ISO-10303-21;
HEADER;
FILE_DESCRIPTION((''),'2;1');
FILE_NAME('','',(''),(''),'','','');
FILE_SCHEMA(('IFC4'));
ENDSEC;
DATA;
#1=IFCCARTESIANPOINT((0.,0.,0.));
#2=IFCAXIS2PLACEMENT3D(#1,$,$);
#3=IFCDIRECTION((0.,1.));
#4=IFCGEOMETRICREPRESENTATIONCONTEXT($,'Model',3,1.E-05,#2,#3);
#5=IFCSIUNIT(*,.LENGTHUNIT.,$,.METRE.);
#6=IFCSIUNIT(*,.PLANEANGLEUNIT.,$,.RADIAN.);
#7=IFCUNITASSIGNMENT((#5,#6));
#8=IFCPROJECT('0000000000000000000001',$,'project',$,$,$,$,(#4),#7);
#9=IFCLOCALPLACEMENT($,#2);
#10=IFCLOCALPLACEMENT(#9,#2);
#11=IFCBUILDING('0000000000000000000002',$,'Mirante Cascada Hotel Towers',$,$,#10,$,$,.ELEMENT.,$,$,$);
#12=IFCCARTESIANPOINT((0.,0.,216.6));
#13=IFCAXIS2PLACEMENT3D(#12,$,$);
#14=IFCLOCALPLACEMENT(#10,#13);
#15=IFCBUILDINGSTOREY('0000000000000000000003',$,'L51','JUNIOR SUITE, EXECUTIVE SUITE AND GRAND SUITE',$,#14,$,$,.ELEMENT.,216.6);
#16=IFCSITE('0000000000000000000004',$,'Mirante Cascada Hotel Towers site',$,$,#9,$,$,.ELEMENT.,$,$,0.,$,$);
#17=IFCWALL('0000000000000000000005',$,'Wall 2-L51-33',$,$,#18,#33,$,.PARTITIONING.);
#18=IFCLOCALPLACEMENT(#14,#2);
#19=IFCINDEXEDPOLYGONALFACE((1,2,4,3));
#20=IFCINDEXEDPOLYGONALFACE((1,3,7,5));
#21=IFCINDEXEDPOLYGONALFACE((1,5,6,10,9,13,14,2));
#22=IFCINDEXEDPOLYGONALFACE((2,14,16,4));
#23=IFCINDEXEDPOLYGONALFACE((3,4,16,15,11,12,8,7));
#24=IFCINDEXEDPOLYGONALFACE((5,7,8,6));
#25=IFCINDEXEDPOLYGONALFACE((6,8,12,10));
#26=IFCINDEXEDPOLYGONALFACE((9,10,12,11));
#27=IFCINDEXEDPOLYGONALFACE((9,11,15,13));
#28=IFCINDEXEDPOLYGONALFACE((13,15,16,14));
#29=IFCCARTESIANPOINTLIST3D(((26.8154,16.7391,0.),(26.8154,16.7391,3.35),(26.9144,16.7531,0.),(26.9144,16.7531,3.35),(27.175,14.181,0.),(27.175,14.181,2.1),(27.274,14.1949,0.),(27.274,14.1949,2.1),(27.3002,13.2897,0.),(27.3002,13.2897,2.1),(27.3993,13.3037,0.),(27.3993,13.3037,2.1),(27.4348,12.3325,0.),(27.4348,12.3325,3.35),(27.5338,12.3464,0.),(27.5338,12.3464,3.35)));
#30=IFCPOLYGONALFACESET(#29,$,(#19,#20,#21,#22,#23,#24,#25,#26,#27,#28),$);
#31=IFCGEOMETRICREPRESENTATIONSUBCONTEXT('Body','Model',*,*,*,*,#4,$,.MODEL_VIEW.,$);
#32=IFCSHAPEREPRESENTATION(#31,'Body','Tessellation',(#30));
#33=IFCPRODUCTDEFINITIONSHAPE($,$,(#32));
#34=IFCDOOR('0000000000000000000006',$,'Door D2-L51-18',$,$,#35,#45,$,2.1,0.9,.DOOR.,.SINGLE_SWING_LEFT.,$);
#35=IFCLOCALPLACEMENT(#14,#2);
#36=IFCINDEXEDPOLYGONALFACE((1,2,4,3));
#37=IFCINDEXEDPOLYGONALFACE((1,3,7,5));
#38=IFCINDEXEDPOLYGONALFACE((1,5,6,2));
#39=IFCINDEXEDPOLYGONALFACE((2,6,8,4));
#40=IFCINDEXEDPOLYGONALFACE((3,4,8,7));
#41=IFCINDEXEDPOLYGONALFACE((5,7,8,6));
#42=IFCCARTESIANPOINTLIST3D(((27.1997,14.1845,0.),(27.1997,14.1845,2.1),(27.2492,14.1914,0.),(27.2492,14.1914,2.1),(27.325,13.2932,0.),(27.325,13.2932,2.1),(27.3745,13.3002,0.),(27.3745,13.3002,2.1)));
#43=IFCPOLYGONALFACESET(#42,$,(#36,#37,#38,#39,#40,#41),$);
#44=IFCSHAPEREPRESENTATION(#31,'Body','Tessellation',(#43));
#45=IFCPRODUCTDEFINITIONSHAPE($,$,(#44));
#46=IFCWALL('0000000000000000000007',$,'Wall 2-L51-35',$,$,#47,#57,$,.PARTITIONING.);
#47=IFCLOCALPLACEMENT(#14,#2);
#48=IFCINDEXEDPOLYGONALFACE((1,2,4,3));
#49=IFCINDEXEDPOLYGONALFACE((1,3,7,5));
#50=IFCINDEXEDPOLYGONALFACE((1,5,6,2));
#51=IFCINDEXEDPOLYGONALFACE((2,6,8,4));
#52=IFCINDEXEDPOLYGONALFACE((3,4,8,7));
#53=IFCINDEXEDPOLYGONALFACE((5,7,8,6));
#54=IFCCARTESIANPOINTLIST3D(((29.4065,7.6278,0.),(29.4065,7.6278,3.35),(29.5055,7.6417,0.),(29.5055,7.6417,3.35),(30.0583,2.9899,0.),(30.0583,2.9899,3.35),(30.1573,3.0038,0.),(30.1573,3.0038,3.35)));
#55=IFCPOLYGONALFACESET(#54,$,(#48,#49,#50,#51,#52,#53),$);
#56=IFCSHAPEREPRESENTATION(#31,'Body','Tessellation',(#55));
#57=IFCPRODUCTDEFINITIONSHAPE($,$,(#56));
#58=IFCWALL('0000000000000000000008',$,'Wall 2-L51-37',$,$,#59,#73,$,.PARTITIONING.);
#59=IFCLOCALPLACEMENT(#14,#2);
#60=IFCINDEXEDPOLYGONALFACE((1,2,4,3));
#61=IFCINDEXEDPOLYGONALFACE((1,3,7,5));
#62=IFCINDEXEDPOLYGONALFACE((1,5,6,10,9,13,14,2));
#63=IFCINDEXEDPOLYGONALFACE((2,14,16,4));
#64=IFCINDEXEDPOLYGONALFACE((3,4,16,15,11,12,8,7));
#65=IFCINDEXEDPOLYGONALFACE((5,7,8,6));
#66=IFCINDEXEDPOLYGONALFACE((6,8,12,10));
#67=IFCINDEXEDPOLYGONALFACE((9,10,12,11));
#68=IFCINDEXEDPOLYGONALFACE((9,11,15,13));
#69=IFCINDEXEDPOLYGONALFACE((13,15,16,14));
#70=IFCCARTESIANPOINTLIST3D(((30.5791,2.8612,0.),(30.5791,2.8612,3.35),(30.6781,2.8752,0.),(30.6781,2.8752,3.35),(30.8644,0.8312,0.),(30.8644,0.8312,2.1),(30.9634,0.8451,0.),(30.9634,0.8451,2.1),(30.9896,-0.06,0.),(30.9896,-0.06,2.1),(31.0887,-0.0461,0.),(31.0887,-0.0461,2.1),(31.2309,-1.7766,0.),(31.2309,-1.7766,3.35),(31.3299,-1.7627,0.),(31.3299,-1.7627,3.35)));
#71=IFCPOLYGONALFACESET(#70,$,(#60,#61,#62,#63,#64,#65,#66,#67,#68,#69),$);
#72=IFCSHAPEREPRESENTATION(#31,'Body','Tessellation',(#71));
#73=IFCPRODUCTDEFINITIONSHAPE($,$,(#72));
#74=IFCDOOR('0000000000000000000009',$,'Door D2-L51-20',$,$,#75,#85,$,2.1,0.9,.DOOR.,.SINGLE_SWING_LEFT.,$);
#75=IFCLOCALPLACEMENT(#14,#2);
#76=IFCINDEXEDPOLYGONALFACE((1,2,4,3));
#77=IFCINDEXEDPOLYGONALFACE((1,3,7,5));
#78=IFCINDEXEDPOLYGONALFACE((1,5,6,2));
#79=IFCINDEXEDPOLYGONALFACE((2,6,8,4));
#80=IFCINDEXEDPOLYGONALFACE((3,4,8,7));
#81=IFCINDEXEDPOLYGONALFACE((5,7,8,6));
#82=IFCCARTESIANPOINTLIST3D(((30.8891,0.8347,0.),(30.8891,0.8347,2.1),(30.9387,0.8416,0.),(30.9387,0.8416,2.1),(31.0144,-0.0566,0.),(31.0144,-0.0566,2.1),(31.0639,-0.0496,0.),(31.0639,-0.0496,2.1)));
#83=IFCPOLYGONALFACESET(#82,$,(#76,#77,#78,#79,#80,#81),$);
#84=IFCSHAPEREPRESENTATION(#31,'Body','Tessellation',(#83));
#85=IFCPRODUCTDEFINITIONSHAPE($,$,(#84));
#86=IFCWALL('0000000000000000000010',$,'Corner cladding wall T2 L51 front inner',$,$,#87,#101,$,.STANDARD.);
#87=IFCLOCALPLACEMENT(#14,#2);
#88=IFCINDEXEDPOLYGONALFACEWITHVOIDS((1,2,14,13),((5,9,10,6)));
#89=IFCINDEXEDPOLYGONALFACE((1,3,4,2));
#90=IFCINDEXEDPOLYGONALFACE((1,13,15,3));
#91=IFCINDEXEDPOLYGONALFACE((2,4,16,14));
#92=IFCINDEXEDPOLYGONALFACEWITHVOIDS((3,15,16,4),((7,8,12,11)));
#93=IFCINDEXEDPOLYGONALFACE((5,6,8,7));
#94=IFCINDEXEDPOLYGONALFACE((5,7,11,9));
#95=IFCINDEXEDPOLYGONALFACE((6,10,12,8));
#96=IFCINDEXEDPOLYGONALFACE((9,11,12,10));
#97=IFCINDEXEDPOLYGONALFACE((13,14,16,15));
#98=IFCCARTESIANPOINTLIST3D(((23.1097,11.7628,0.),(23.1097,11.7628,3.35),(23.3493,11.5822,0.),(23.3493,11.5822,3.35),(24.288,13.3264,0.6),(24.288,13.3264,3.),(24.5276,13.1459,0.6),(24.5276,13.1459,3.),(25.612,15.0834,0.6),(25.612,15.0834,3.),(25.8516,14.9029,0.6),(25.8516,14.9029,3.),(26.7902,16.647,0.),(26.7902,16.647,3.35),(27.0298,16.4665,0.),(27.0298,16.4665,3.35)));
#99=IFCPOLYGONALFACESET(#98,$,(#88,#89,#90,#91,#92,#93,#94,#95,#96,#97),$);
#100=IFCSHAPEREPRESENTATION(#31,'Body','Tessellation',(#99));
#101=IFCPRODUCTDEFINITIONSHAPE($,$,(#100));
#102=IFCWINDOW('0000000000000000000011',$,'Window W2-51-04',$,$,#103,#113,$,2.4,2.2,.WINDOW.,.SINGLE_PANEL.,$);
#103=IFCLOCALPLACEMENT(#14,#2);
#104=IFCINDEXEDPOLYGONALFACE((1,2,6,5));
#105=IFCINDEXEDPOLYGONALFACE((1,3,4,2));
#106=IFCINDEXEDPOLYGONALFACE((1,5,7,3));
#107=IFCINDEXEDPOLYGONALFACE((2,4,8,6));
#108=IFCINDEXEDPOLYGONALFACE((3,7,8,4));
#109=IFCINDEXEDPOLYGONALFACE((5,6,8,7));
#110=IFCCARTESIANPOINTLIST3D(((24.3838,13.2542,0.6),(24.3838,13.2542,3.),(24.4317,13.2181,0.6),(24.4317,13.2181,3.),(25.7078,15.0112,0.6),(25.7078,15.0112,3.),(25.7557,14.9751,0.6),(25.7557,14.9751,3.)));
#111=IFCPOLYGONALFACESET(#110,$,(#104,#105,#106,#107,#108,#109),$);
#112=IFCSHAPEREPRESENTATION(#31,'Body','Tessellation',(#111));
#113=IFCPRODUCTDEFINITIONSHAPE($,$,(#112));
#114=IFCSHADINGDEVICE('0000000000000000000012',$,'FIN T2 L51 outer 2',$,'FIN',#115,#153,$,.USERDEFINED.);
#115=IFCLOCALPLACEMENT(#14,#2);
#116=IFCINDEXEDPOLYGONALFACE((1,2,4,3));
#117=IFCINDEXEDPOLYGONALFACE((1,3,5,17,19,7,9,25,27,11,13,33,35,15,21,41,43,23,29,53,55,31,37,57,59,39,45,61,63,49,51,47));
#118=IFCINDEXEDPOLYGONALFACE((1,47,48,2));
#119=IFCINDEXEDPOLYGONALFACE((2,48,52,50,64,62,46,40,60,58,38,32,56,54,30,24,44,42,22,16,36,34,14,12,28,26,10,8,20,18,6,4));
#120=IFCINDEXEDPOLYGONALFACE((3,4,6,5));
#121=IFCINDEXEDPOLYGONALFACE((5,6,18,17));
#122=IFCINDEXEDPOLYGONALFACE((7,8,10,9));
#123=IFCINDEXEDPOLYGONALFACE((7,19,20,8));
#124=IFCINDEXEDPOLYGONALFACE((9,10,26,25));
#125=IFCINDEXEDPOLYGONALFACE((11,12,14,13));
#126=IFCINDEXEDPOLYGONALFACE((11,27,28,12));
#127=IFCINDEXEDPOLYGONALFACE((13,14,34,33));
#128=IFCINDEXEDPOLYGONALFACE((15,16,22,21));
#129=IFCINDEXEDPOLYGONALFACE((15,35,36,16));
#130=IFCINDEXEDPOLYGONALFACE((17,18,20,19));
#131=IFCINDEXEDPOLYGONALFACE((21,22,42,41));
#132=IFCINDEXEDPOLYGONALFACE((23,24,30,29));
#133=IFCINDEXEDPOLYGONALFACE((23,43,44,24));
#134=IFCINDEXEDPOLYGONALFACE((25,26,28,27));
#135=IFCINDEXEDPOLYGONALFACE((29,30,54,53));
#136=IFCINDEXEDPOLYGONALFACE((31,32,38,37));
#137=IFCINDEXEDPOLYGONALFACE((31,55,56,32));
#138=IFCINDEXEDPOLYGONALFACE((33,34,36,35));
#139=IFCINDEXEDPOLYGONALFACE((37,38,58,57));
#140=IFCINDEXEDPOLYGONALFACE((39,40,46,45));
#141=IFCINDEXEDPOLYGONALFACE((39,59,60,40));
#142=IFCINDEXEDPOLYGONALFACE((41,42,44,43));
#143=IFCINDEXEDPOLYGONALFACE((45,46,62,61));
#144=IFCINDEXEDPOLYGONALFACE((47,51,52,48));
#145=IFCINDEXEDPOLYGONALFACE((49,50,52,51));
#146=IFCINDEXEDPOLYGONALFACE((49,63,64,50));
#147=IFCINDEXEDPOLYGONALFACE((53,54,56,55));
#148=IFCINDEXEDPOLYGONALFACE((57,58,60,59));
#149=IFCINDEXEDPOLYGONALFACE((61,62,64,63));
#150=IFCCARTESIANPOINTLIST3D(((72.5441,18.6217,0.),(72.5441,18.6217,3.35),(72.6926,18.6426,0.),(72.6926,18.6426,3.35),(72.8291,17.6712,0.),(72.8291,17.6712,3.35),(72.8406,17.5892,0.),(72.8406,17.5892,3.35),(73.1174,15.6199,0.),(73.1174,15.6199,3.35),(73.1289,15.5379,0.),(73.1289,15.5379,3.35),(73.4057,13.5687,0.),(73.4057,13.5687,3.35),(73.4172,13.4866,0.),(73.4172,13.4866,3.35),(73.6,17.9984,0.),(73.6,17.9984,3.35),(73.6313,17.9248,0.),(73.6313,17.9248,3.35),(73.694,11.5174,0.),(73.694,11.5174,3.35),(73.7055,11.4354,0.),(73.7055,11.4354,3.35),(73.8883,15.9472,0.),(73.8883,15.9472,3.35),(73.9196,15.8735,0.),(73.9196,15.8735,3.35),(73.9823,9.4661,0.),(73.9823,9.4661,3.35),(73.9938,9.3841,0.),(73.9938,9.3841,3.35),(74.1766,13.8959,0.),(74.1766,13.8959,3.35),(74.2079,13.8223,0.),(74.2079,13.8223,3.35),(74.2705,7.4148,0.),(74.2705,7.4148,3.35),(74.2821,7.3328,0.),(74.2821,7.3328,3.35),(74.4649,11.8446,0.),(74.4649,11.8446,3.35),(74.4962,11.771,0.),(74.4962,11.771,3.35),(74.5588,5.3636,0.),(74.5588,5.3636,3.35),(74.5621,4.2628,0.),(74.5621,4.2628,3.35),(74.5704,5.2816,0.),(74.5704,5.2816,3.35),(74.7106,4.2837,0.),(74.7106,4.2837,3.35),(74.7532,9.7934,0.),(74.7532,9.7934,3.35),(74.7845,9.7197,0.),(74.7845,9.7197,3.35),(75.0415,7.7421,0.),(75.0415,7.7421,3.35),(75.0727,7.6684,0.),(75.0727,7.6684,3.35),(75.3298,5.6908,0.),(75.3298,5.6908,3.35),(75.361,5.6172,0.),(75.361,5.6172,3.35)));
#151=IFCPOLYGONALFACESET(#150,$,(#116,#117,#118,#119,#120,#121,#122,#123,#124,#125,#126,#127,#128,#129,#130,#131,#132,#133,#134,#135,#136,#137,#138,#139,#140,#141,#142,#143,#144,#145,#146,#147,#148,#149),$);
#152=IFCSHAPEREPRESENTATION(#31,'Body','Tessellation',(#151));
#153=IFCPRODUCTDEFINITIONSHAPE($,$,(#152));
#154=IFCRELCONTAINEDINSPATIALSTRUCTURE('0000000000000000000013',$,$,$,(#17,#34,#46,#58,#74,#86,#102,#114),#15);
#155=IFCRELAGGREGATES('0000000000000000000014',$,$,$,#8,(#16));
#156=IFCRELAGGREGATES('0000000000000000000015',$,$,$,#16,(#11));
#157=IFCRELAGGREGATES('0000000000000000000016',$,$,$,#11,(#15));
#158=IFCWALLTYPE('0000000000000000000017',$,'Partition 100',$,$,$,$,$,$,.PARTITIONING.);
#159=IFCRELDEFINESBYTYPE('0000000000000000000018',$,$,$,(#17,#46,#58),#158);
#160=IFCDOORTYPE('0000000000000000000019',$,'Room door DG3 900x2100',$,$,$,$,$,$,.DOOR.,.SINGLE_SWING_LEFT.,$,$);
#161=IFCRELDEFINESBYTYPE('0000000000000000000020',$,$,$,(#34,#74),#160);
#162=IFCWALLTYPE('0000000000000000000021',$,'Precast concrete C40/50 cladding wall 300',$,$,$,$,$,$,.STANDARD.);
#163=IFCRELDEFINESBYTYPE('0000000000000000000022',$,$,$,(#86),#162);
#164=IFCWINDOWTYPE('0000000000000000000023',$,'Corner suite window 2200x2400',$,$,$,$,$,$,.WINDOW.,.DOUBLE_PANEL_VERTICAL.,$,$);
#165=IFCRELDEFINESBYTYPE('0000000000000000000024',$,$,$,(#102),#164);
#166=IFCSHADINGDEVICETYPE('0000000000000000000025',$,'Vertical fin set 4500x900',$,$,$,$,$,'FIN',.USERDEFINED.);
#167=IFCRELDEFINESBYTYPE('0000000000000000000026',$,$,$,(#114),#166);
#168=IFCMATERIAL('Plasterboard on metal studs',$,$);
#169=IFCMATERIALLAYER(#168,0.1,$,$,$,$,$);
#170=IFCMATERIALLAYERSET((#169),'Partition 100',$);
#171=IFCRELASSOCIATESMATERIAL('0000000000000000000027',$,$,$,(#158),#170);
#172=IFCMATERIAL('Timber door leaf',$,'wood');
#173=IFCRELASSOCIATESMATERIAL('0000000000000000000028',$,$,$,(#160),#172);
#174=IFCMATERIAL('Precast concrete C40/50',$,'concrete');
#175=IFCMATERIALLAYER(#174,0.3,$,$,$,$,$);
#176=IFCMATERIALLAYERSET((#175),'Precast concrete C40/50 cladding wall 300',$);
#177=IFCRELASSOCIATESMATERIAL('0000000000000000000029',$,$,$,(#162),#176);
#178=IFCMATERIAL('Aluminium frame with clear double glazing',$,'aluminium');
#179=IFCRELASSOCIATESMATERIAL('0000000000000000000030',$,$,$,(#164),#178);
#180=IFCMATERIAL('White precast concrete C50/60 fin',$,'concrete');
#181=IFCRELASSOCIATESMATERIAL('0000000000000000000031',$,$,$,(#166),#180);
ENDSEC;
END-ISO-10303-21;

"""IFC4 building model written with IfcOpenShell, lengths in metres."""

from ifc_helpers import new_model, si_unit, direction, frame, frame_2d, origin, place, context, subcontext, project, spatial, polyline, rectangle, outline, extrude, material, layer, layer_set, type_object, element, fill, save


model = new_model("IFC4")

# Units and contexts
model_context = context("Model", 3, precision=1e-05, world=origin(), true_north=direction((0.0, 1.0)))
body_context = subcontext(model_context, "Body", "Model", "MODEL_VIEW")
ifc_project = project(units=[si_unit("LENGTHUNIT", "METRE"), si_unit("PLANEANGLEUNIT", "RADIAN")], contexts=[model_context])

# Site, building, storey
site_placement = place(None, origin())
site = spatial("IfcSite", under=ifc_project, at=site_placement, Name="Mirante Cascada Hotel Towers site", CompositionType="ELEMENT", RefElevation=0.0)
building_placement = place(site_placement, origin())
building = spatial("IfcBuilding", under=site, at=building_placement, Name="Mirante Cascada Hotel Towers", CompositionType="ELEMENT")
storey_placement = place(building_placement, frame((0.0, 0.0, 216.6)))
storey = spatial("IfcBuildingStorey", under=building, at=storey_placement, Name="L51", Description="JUNIOR SUITE, EXECUTIVE SUITE AND GRAND SUITE", CompositionType="ELEMENT", Elevation=216.6)

# Shared definitions
ifc_material_1 = material(Name="Plasterboard on metal studs")
ifc_layer_1 = layer(ifc_material_1, 0.1)
ifc_layer_set_1 = layer_set([ifc_layer_1], Name="Partition 100")
wall_type_1 = type_object("IfcWallType", Name="Partition 100", PredefinedType="PARTITIONING", material=ifc_layer_set_1)

# Shared definitions
ifc_material_2 = material(Name="Timber door leaf", Category="wood")
door_type_1 = type_object("IfcDoorType", Name="Room door DG3 900x2100", OperationType="SINGLE_SWING_LEFT", PredefinedType="DOOR", material=ifc_material_2)

# Wall, opening, door
wall_1_placement = place(storey_placement, frame((26.8649, 16.7461, 0.0), z_axis=(0.0, 0.0, 1.0), x_axis=(0.13919, -0.990266, 0.0)))
wall_1 = element("IfcWall", 1, at=wall_1_placement, inside=storey, type_object=wall_type_1, Name="Wall 2-L51-33", PredefinedType="PARTITIONING", context=body_context, shape_type="SweptSolid", body=[
    extrude(rectangle(XDim=4.45, YDim=0.1, at=frame_2d((2.225, 0.0))), origin(), (0.0, 0.0, 1.0), 3.35),
])
opening_1_placement = place(wall_1_placement, frame((2.5833, 0.0, 0.0)))
opening_1 = element("IfcOpeningElement", 2, at=opening_1_placement, cuts=wall_1, PredefinedType="OPENING", context=body_context, shape_type="SweptSolid", body=[
    extrude(rectangle(XDim=0.9, YDim=2.1, at=frame_2d((0.45, 1.05))), frame((0.0, 0.05, 0.0), z_axis=(0.0, -1.0, 0.0), x_axis=(1.0, 0.0, 0.0)), (0.0, 0.0, 1.0), 0.1),
])
door_1_placement = place(opening_1_placement, origin())
door_1 = element("IfcDoor", 3, at=door_1_placement, inside=storey, type_object=door_type_1, Name="Door D2-L51-18", OperationType="SINGLE_SWING_LEFT", OverallHeight=2.1, OverallWidth=0.9, PredefinedType="DOOR", context=body_context, shape_type="SweptSolid", body=[
    extrude(rectangle(XDim=0.9, YDim=2.1, at=frame_2d((0.45, 1.05))), frame((0.0, 0.025, 0.0), z_axis=(0.0, -1.0, 0.0), x_axis=(1.0, 0.0, 0.0)), (0.0, 0.0, 1.0), 0.05),
])
fill(opening_1, door_1)

# Wall
wall_2_placement = place(storey_placement, frame((29.456, 7.6348, 0.0), z_axis=(0.0, 0.0, 1.0), x_axis=(0.13917, -0.990268, 0.0)))
element("IfcWall", 4, at=wall_2_placement, inside=storey, type_object=wall_type_1, Name="Wall 2-L51-35", PredefinedType="PARTITIONING", context=body_context, shape_type="SweptSolid", body=[
    extrude(rectangle(XDim=4.6835, YDim=0.1, at=frame_2d((2.3418, 0.0))), origin(), (0.0, 0.0, 1.0), 3.35),
])

# Wall, opening, door
wall_3_placement = place(storey_placement, frame((30.6286, 2.8682, 0.0), z_axis=(0.0, 0.0, 1.0), x_axis=(0.139173, -0.990268, 0.0)))
wall_3 = element("IfcWall", 5, at=wall_3_placement, inside=storey, type_object=wall_type_1, Name="Wall 2-L51-37", PredefinedType="PARTITIONING", context=body_context, shape_type="SweptSolid", body=[
    extrude(rectangle(XDim=4.6834, YDim=0.1, at=frame_2d((2.3417, 0.0))), origin(), (0.0, 0.0, 1.0), 3.35),
])
opening_2_placement = place(wall_3_placement, frame((2.05, 0.0, 0.0)))
opening_2 = element("IfcOpeningElement", 6, at=opening_2_placement, cuts=wall_3, PredefinedType="OPENING", context=body_context, shape_type="SweptSolid", body=[
    extrude(rectangle(XDim=0.9, YDim=2.1, at=frame_2d((0.45, 1.05))), frame((0.0, 0.05, 0.0), z_axis=(0.0, -1.0, 0.0), x_axis=(1.0, 0.0, 0.0)), (0.0, 0.0, 1.0), 0.1),
])
door_2_placement = place(opening_2_placement, origin())
door_2 = element("IfcDoor", 7, at=door_2_placement, inside=storey, type_object=door_type_1, Name="Door D2-L51-20", OperationType="SINGLE_SWING_LEFT", OverallHeight=2.1, OverallWidth=0.9, PredefinedType="DOOR", context=body_context, shape_type="SweptSolid", body=[
    extrude(rectangle(XDim=0.9, YDim=2.1, at=frame_2d((0.45, 1.05))), frame((0.0, 0.025, 0.0), z_axis=(0.0, -1.0, 0.0), x_axis=(1.0, 0.0, 0.0)), (0.0, 0.0, 1.0), 0.05),
])
fill(opening_2, door_2)

# Wall, opening, window
ifc_material_3 = material(Name="Precast concrete C40/50", Category="concrete")
ifc_layer_2 = layer(ifc_material_3, 0.3)
ifc_layer_set_2 = layer_set([ifc_layer_2], Name="Precast concrete C40/50 cladding wall 300")
wall_type_2 = type_object("IfcWallType", Name="Precast concrete C40/50 cladding wall 300", PredefinedType="STANDARD", material=ifc_layer_set_2)
wall_4_placement = place(storey_placement, frame((26.91, 16.5567, 0.0), z_axis=(0.0, 0.0, 1.0), x_axis=(-0.601814, -0.798636, 0.0)))
wall_4 = element("IfcWall", 8, at=wall_4_placement, inside=storey, type_object=wall_type_2, Name="Corner cladding wall T2 L51 front inner", PredefinedType="STANDARD", context=body_context, shape_type="SweptSolid", body=[
    extrude(rectangle(XDim=6.1157, YDim=0.3, at=frame_2d((3.0578, 0.0))), origin(), (0.0, 0.0, 1.0), 3.35),
])
opening_3_placement = place(wall_4_placement, frame((1.9578, 0.0, 0.6)))
opening_3 = element("IfcOpeningElement", 9, at=opening_3_placement, cuts=wall_4, PredefinedType="OPENING", context=body_context, shape_type="SweptSolid", body=[
    extrude(rectangle(XDim=2.2, YDim=2.4, at=frame_2d((1.1, 1.2))), frame((0.0, 0.15, 0.0), z_axis=(0.0, -1.0, 0.0), x_axis=(1.0, 0.0, 0.0)), (0.0, 0.0, 1.0), 0.3),
])
ifc_material_4 = material(Name="Aluminium frame with clear double glazing", Category="aluminium")
window_type = type_object("IfcWindowType", Name="Corner suite window 2200x2400", PartitioningType="DOUBLE_PANEL_VERTICAL", PredefinedType="WINDOW", material=ifc_material_4)
window_placement = place(opening_3_placement, origin())
window = element("IfcWindow", 10, at=window_placement, inside=storey, type_object=window_type, Name="Window W2-51-04", OverallHeight=2.4, OverallWidth=2.2, PartitioningType="SINGLE_PANEL", PredefinedType="WINDOW", context=body_context, shape_type="SweptSolid", body=[
    extrude(rectangle(XDim=2.2, YDim=2.4, at=frame_2d((1.1, 1.2))), frame((0.0, 0.03, 0.0), z_axis=(0.0, -1.0, 0.0), x_axis=(1.0, 0.0, 0.0)), (0.0, 0.0, 1.0), 0.06),
])
fill(opening_3, window)

# Shading device
ifc_material_5 = material(Name="White precast concrete C50/60 fin", Category="concrete")
shading_device_type = type_object("IfcShadingDeviceType", Name="Vertical fin set 4500x900", ElementType="FIN", PredefinedType="USERDEFINED", material=ifc_material_5)
shading_device_placement = place(storey_placement, origin())
element("IfcShadingDevice", 11, at=shading_device_placement, inside=storey, type_object=shading_device_type, Name="FIN T2 L51 outer 2", ObjectType="FIN", PredefinedType="USERDEFINED", context=body_context, shape_type="SweptSolid", body=[
    extrude(outline(polyline([(75.361, 5.6172), (74.5704, 5.2816), (74.7106, 4.2837), (74.5621, 4.2628), (72.5441, 18.6217), (72.6926, 18.6426), (72.8291, 17.6712), (73.6, 17.9984), (73.6313, 17.9248), (72.8406, 17.5892), (73.1174, 15.6199), (73.8883, 15.9472), (73.9196, 15.8735), (73.1289, 15.5379), (73.4057, 13.5687), (74.1766, 13.8959), (74.2079, 13.8223), (73.4172, 13.4866), (73.694, 11.5174), (74.4649, 11.8446), (74.4962, 11.771), (73.7055, 11.4354), (73.9823, 9.4661), (74.7532, 9.7934), (74.7845, 9.7197), (73.9938, 9.3841), (74.2705, 7.4148), (75.0415, 7.7421), (75.0727, 7.6684), (74.2821, 7.3328), (74.5588, 5.3636), (75.3298, 5.6908), (75.361, 5.6172)])), origin(), (0.0, 0.0, 1.0), 3.35),
])

save(model, "model.ifc")
